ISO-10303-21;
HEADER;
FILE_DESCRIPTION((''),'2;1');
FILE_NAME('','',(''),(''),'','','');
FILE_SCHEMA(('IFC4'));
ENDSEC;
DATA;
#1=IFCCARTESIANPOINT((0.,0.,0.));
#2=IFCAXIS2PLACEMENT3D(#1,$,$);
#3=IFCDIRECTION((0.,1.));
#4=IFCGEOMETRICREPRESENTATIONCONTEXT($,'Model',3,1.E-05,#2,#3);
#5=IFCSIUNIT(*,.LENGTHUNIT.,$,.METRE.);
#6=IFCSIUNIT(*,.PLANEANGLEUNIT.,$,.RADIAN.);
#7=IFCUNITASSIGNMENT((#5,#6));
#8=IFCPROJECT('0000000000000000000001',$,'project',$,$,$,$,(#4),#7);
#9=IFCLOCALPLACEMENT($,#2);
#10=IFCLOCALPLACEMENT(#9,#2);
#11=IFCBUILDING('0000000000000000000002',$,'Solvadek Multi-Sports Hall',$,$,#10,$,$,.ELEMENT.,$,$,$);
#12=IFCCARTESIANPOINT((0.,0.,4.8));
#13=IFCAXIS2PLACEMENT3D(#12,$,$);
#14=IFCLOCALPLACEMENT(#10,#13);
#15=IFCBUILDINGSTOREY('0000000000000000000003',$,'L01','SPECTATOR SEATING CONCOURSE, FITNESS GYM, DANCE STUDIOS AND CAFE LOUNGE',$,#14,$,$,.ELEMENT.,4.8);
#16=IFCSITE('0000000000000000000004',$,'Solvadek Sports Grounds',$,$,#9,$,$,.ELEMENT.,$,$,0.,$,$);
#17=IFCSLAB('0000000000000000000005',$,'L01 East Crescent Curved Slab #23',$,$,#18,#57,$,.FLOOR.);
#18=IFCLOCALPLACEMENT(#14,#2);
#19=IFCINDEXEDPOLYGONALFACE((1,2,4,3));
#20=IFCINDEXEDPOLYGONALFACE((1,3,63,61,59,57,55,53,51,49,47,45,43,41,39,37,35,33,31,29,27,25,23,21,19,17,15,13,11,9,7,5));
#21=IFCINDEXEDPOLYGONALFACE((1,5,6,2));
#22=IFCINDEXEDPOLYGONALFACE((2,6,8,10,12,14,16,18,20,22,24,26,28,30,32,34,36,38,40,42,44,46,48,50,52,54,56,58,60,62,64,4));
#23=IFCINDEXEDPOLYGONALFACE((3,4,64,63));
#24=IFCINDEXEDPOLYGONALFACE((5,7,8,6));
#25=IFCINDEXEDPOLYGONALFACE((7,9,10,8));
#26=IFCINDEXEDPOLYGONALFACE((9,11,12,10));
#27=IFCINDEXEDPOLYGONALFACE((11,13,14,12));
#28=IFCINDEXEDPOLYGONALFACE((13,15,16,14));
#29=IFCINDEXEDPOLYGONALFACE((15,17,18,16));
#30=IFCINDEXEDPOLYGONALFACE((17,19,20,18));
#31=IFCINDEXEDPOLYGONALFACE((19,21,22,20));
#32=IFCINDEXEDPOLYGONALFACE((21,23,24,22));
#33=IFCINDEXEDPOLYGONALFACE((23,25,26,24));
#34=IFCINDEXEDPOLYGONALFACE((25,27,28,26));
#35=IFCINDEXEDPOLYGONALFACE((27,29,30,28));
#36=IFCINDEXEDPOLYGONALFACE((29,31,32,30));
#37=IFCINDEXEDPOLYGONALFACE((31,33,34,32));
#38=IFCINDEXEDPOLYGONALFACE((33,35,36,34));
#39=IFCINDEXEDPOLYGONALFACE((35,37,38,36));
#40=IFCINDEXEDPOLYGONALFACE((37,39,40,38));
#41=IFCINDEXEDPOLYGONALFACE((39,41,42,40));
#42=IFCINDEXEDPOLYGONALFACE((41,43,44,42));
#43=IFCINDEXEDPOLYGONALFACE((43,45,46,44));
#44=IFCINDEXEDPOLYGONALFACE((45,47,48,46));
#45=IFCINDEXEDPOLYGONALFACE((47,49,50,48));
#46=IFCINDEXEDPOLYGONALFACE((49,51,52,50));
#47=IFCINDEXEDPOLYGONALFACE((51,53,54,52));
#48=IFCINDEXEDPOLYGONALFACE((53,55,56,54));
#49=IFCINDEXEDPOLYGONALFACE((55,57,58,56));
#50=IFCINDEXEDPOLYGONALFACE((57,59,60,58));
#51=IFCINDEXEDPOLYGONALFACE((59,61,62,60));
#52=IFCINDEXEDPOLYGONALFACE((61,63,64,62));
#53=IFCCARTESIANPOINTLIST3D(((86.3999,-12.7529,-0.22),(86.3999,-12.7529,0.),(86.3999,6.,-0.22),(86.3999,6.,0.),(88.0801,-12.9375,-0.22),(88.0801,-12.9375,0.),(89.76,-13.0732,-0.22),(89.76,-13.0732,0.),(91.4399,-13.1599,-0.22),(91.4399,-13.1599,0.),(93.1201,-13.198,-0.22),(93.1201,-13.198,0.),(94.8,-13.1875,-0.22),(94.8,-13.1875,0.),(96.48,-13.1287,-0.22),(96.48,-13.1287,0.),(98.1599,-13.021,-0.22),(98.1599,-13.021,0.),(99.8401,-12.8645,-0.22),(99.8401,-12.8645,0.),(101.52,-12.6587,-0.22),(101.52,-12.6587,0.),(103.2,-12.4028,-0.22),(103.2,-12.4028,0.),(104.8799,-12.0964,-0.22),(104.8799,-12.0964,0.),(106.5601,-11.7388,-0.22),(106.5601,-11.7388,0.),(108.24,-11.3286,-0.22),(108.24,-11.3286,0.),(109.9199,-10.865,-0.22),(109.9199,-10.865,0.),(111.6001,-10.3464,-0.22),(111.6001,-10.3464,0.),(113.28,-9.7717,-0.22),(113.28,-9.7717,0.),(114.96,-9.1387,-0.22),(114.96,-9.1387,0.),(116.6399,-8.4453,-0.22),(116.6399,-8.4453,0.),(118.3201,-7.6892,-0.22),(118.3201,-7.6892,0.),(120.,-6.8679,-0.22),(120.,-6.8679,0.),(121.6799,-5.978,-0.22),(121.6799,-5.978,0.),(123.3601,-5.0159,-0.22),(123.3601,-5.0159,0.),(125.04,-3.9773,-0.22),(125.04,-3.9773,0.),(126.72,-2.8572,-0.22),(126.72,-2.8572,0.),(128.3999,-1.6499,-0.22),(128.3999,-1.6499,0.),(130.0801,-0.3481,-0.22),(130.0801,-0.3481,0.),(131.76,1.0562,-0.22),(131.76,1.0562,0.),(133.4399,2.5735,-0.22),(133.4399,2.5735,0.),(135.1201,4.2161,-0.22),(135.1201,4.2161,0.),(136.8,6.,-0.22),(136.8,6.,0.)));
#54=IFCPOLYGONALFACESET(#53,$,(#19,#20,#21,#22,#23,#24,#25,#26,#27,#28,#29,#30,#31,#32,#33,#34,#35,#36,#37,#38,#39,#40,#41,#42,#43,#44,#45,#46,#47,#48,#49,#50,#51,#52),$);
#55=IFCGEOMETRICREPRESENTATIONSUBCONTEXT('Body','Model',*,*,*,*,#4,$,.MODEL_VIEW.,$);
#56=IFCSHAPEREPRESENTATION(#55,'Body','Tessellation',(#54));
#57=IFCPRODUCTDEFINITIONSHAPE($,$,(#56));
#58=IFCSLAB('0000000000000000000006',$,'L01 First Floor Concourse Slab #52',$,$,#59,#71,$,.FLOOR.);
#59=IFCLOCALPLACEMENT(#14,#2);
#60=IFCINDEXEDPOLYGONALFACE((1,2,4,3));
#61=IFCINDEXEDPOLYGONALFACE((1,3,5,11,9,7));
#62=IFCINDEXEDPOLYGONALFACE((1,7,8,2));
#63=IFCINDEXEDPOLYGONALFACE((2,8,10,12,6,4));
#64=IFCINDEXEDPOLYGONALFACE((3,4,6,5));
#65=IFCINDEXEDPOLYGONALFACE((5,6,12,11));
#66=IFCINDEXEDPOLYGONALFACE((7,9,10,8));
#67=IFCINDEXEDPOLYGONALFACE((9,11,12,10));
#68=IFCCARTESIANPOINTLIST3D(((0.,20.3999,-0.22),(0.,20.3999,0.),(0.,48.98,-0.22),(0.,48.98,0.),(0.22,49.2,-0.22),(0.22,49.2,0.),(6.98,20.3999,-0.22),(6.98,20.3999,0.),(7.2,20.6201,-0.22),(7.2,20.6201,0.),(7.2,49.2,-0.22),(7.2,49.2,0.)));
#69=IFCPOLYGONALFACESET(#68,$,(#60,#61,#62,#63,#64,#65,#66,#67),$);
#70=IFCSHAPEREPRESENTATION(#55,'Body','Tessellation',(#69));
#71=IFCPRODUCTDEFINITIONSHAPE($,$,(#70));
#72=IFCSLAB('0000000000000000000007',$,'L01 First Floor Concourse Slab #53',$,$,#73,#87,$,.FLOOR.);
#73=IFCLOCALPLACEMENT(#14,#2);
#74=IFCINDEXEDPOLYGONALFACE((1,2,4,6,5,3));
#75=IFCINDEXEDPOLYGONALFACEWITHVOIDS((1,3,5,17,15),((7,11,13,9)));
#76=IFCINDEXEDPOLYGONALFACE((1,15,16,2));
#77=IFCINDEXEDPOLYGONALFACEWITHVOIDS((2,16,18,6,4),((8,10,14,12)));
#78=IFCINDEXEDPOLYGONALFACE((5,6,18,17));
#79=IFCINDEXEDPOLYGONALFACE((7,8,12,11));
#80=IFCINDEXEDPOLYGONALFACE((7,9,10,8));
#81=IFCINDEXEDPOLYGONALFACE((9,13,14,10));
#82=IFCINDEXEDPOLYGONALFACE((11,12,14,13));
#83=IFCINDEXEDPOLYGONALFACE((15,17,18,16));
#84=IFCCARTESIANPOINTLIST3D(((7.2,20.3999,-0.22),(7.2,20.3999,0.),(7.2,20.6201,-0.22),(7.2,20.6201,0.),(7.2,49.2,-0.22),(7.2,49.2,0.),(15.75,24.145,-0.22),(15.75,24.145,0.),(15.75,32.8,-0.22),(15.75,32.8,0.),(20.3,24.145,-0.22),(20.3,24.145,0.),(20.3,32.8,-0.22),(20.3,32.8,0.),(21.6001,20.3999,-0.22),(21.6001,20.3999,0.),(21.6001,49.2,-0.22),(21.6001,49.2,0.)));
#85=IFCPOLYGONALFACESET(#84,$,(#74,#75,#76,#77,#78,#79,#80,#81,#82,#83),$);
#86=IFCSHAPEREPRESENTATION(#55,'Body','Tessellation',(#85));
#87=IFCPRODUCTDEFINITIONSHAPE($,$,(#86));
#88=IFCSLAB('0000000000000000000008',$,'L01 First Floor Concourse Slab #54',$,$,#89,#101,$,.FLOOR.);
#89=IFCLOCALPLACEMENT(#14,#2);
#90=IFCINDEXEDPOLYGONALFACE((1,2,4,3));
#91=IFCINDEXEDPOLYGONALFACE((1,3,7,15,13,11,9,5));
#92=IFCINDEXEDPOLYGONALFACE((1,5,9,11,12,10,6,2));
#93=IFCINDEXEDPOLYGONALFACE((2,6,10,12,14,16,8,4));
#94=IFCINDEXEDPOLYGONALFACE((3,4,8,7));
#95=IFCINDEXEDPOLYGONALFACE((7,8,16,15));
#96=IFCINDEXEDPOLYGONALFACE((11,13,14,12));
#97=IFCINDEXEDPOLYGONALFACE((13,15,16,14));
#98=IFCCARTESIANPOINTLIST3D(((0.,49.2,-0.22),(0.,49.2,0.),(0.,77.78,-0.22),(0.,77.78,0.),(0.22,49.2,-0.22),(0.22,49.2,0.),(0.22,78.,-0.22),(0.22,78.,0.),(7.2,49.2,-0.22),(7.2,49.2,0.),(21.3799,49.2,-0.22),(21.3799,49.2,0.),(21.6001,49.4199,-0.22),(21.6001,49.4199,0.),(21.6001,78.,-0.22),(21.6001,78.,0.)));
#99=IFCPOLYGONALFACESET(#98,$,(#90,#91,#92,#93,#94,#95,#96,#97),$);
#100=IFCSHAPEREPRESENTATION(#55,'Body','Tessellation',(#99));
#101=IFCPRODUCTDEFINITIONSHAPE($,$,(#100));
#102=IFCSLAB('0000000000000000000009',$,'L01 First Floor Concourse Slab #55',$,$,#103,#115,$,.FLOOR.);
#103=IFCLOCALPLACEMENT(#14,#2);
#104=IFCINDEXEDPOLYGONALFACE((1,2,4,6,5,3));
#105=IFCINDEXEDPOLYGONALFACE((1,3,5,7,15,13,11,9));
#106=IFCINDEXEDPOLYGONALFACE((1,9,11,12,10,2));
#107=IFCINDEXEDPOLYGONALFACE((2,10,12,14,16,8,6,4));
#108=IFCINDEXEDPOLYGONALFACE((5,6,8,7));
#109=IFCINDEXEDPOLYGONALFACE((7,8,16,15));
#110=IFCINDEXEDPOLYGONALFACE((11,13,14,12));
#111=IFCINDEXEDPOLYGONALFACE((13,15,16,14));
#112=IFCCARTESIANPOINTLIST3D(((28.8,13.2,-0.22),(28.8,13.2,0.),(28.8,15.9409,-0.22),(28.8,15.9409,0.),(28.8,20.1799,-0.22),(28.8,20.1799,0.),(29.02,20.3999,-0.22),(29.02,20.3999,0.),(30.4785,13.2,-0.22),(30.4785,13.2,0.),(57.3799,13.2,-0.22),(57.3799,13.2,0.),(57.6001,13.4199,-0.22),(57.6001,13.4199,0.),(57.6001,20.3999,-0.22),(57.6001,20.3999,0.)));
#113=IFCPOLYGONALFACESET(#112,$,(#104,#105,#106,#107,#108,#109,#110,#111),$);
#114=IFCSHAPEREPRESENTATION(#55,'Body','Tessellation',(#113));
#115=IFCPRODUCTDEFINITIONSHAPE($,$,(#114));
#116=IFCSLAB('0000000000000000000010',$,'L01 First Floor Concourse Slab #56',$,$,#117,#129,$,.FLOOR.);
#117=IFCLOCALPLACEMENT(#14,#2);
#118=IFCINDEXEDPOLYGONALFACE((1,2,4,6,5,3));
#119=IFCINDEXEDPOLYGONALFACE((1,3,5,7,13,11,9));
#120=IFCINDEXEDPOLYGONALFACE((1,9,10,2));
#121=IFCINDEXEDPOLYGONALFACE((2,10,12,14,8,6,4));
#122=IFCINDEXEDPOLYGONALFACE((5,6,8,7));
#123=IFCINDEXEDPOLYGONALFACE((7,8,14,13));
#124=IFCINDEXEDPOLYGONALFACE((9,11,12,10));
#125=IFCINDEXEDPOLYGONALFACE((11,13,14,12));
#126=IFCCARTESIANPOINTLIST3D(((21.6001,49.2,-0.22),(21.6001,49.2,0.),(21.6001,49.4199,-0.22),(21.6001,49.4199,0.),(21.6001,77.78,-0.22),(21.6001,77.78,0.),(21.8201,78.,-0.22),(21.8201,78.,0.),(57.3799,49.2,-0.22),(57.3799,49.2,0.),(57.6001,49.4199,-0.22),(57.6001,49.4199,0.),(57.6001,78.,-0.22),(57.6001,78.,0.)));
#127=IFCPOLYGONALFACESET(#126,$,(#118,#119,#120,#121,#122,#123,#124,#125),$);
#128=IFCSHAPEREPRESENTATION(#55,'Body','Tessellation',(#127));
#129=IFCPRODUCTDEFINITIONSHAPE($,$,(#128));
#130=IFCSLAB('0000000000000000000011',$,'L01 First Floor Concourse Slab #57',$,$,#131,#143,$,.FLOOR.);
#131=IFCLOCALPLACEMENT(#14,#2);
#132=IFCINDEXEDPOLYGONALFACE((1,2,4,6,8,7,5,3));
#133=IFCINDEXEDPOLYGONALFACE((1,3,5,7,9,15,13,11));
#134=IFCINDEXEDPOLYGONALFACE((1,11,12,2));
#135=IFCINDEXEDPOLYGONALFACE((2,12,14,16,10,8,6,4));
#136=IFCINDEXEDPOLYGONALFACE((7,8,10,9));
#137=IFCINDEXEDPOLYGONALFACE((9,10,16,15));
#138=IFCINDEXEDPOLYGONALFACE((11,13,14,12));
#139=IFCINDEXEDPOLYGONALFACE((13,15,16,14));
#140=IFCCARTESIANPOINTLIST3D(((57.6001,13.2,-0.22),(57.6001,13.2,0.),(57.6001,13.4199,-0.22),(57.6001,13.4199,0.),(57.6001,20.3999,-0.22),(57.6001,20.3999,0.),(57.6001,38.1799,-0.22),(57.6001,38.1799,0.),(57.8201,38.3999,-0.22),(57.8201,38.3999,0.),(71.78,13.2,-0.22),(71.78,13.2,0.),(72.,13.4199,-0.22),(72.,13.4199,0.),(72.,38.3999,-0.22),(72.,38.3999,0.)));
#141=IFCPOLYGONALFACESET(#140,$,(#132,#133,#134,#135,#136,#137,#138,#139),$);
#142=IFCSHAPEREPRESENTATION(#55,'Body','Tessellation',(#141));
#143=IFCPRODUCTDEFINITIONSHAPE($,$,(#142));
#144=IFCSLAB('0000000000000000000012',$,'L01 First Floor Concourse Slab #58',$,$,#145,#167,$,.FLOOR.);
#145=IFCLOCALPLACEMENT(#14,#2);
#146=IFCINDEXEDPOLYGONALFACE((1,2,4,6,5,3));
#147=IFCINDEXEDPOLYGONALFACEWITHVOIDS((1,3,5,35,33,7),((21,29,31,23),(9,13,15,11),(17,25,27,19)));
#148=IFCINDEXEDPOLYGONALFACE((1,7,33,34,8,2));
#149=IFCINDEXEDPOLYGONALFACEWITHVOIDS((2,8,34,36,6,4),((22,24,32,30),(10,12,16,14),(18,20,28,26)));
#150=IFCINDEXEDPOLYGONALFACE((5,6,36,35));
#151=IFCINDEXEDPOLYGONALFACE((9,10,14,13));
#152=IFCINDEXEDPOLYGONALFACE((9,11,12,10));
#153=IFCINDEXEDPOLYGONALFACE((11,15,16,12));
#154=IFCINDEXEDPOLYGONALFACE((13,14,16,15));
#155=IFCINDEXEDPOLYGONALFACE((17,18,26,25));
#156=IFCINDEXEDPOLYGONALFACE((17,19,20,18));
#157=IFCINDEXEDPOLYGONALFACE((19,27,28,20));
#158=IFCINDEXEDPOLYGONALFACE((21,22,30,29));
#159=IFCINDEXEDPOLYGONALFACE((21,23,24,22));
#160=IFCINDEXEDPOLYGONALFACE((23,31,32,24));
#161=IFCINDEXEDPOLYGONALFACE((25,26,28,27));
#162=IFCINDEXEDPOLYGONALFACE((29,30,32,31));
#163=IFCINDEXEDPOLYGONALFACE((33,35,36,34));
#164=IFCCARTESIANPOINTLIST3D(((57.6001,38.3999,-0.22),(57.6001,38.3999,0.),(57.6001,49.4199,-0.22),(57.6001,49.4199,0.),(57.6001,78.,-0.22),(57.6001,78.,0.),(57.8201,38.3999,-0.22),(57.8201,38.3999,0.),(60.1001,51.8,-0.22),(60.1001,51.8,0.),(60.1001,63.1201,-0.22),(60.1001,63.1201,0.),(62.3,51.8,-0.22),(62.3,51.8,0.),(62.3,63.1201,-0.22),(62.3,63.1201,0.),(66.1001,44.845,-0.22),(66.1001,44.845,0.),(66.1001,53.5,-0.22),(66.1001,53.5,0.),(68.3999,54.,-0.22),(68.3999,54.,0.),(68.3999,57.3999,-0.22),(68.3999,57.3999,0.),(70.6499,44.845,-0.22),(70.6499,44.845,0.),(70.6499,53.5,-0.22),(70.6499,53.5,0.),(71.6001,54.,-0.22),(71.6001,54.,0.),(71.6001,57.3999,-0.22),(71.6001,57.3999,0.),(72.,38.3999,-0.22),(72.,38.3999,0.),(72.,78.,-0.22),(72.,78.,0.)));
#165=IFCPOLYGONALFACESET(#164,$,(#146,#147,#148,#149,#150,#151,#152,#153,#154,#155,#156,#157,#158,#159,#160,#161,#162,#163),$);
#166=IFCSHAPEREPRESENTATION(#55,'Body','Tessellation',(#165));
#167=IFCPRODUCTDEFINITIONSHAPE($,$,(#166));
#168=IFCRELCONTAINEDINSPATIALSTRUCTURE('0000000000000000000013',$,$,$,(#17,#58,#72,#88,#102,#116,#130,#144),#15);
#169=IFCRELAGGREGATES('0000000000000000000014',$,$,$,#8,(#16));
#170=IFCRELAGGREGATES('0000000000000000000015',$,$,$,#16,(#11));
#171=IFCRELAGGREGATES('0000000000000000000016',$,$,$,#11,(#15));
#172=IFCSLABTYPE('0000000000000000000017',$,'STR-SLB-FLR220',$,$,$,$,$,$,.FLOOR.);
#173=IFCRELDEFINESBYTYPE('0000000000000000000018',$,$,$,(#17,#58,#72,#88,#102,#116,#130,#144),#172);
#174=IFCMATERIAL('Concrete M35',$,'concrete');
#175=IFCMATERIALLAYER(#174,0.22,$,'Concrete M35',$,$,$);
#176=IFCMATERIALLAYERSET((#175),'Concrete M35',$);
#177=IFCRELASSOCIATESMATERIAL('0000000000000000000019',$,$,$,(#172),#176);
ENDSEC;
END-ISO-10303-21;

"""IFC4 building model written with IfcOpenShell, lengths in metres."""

from ifc_helpers import new_model, si_unit, direction, frame, origin, place, context, subcontext, project, spatial, polyline, outline, extrude, material, layer, layer_set, type_object, element, save


model = new_model("IFC4")

# Units and contexts
model_context = context("Model", 3, precision=1e-05, world=origin(), true_north=direction((0.0, 1.0)))
body_context = subcontext(model_context, "Body", "Model", "MODEL_VIEW")
ifc_project = project(units=[si_unit("LENGTHUNIT", "METRE"), si_unit("PLANEANGLEUNIT", "RADIAN")], contexts=[model_context])

# Site, building, storey
site_placement = place(None, origin())
site = spatial("IfcSite", under=ifc_project, at=site_placement, Name="Solvadek Sports Grounds", CompositionType="ELEMENT", RefElevation=0.0)
building_placement = place(site_placement, origin())
building = spatial("IfcBuilding", under=site, at=building_placement, Name="Solvadek Multi-Sports Hall", CompositionType="ELEMENT")
storey_placement = place(building_placement, frame((0.0, 0.0, 4.8)))
storey = spatial("IfcBuildingStorey", under=building, at=storey_placement, Name="L01", Description="SPECTATOR SEATING CONCOURSE, FITNESS GYM, DANCE STUDIOS AND CAFE LOUNGE", CompositionType="ELEMENT", Elevation=4.8)

# Slabs
ifc_material_1 = material(Name="Concrete M35", Category="concrete")
ifc_layer_1 = layer(ifc_material_1, 0.22, Name="Concrete M35")
ifc_layer_set_1 = layer_set([ifc_layer_1], Name="Concrete M35")
slab_type_1 = type_object("IfcSlabType", Name="STR-SLB-FLR220", PredefinedType="FLOOR", material=ifc_layer_set_1)
slab_1_placement = place(storey_placement, frame((0.0, 0.0, -0.22)))
element("IfcSlab", 1, at=slab_1_placement, inside=storey, type_object=slab_type_1, Name="L01 East Crescent Curved Slab #23", PredefinedType="FLOOR", context=body_context, shape_type="SweptSolid", body=[
    extrude(outline(polyline([(136.8, 6.0), (135.1201, 4.2161), (133.4399, 2.5735), (131.76, 1.0562), (130.0801, -0.3481), (128.3999, -1.6499), (126.72, -2.8572), (125.04, -3.9773), (123.3601, -5.0159), (121.6799, -5.978), (120.0, -6.8679), (118.3201, -7.6892), (116.6399, -8.4453), (114.96, -9.1387), (113.28, -9.7717), (111.6001, -10.3464), (109.9199, -10.865), (108.24, -11.3286), (106.5601, -11.7388), (104.8799, -12.0964), (103.2, -12.4028), (101.52, -12.6587), (99.8401, -12.8645), (98.1599, -13.021), (96.48, -13.1287), (94.8, -13.1875), (93.1201, -13.198), (91.4399, -13.1599), (89.76, -13.0732), (88.0801, -12.9375), (86.3999, -12.7529), (86.3999, 6.0), (136.8, 6.0)])), origin(), (0.0, 0.0, 1.0), 0.22),
])
slab_2_placement = place(storey_placement, frame((0.0, 0.0, -0.22)))
element("IfcSlab", 2, at=slab_2_placement, inside=storey, type_object=slab_type_1, Name="L01 First Floor Concourse Slab #52", PredefinedType="FLOOR", context=body_context, shape_type="SweptSolid", body=[
    extrude(outline(polyline([(0.0, 48.98), (0.22, 49.2), (7.2, 49.2), (7.2, 20.6201), (6.98, 20.3999), (0.0, 20.3999), (0.0, 48.98)])), origin(), (0.0, 0.0, 1.0), 0.22),
])
slab_3_placement = place(storey_placement, frame((0.0, 0.0, -0.22)))
element("IfcSlab", 3, at=slab_3_placement, inside=storey, type_object=slab_type_1, Name="L01 First Floor Concourse Slab #53", PredefinedType="FLOOR", context=body_context, shape_type="SweptSolid", body=[
    extrude(outline(polyline([(7.2, 20.6201), (7.2, 49.2), (21.6001, 49.2), (21.6001, 20.3999), (7.2, 20.3999), (7.2, 20.6201)]), holes=[polyline([(20.3, 32.8), (15.75, 32.8), (15.75, 24.145), (20.3, 24.145), (20.3, 32.8)])]), origin(), (0.0, 0.0, 1.0), 0.22),
])
slab_4_placement = place(storey_placement, frame((0.0, 0.0, -0.22)))
element("IfcSlab", 4, at=slab_4_placement, inside=storey, type_object=slab_type_1, Name="L01 First Floor Concourse Slab #54", PredefinedType="FLOOR", context=body_context, shape_type="SweptSolid", body=[
    extrude(outline(polyline([(0.0, 77.78), (0.22, 78.0), (21.6001, 78.0), (21.6001, 49.4199), (21.3799, 49.2), (7.2, 49.2), (0.22, 49.2), (0.0, 49.2), (0.0, 77.78)])), origin(), (0.0, 0.0, 1.0), 0.22),
])
slab_5_placement = place(storey_placement, frame((0.0, 0.0, -0.22)))
element("IfcSlab", 5, at=slab_5_placement, inside=storey, type_object=slab_type_1, Name="L01 First Floor Concourse Slab #55", PredefinedType="FLOOR", context=body_context, shape_type="SweptSolid", body=[
    extrude(outline(polyline([(28.8, 15.9409), (28.8, 20.1799), (29.02, 20.3999), (57.6001, 20.3999), (57.6001, 13.4199), (57.3799, 13.2), (30.4785, 13.2), (28.8, 13.2), (28.8, 15.9409)])), origin(), (0.0, 0.0, 1.0), 0.22),
])
slab_6_placement = place(storey_placement, frame((0.0, 0.0, -0.22)))
element("IfcSlab", 6, at=slab_6_placement, inside=storey, type_object=slab_type_1, Name="L01 First Floor Concourse Slab #56", PredefinedType="FLOOR", context=body_context, shape_type="SweptSolid", body=[
    extrude(outline(polyline([(21.6001, 49.4199), (21.6001, 77.78), (21.8201, 78.0), (57.6001, 78.0), (57.6001, 49.4199), (57.3799, 49.2), (21.6001, 49.2), (21.6001, 49.4199)])), origin(), (0.0, 0.0, 1.0), 0.22),
])
slab_7_placement = place(storey_placement, frame((0.0, 0.0, -0.22)))
element("IfcSlab", 7, at=slab_7_placement, inside=storey, type_object=slab_type_1, Name="L01 First Floor Concourse Slab #57", PredefinedType="FLOOR", context=body_context, shape_type="SweptSolid", body=[
    extrude(outline(polyline([(57.6001, 13.4199), (57.6001, 20.3999), (57.6001, 38.1799), (57.8201, 38.3999), (72.0, 38.3999), (72.0, 13.4199), (71.78, 13.2), (57.6001, 13.2), (57.6001, 13.4199)])), origin(), (0.0, 0.0, 1.0), 0.22),
])
slab_8_placement = place(storey_placement, frame((0.0, 0.0, -0.22)))
element("IfcSlab", 8, at=slab_8_placement, inside=storey, type_object=slab_type_1, Name="L01 First Floor Concourse Slab #58", PredefinedType="FLOOR", context=body_context, shape_type="SweptSolid", body=[
    extrude(outline(polyline([(57.6001, 49.4199), (57.6001, 78.0), (72.0, 78.0), (72.0, 38.3999), (57.8201, 38.3999), (57.6001, 38.3999), (57.6001, 49.4199)]), holes=[polyline([(71.6001, 54.0), (71.6001, 57.3999), (68.3999, 57.3999), (68.3999, 54.0), (71.6001, 54.0)]), polyline([(70.6499, 53.5), (66.1001, 53.5), (66.1001, 44.845), (70.6499, 44.845), (70.6499, 53.5)]), polyline([(62.3, 51.8), (62.3, 63.1201), (60.1001, 63.1201), (60.1001, 51.8), (62.3, 51.8)])]), origin(), (0.0, 0.0, 1.0), 0.22),
])

save(model, "model.ifc")
